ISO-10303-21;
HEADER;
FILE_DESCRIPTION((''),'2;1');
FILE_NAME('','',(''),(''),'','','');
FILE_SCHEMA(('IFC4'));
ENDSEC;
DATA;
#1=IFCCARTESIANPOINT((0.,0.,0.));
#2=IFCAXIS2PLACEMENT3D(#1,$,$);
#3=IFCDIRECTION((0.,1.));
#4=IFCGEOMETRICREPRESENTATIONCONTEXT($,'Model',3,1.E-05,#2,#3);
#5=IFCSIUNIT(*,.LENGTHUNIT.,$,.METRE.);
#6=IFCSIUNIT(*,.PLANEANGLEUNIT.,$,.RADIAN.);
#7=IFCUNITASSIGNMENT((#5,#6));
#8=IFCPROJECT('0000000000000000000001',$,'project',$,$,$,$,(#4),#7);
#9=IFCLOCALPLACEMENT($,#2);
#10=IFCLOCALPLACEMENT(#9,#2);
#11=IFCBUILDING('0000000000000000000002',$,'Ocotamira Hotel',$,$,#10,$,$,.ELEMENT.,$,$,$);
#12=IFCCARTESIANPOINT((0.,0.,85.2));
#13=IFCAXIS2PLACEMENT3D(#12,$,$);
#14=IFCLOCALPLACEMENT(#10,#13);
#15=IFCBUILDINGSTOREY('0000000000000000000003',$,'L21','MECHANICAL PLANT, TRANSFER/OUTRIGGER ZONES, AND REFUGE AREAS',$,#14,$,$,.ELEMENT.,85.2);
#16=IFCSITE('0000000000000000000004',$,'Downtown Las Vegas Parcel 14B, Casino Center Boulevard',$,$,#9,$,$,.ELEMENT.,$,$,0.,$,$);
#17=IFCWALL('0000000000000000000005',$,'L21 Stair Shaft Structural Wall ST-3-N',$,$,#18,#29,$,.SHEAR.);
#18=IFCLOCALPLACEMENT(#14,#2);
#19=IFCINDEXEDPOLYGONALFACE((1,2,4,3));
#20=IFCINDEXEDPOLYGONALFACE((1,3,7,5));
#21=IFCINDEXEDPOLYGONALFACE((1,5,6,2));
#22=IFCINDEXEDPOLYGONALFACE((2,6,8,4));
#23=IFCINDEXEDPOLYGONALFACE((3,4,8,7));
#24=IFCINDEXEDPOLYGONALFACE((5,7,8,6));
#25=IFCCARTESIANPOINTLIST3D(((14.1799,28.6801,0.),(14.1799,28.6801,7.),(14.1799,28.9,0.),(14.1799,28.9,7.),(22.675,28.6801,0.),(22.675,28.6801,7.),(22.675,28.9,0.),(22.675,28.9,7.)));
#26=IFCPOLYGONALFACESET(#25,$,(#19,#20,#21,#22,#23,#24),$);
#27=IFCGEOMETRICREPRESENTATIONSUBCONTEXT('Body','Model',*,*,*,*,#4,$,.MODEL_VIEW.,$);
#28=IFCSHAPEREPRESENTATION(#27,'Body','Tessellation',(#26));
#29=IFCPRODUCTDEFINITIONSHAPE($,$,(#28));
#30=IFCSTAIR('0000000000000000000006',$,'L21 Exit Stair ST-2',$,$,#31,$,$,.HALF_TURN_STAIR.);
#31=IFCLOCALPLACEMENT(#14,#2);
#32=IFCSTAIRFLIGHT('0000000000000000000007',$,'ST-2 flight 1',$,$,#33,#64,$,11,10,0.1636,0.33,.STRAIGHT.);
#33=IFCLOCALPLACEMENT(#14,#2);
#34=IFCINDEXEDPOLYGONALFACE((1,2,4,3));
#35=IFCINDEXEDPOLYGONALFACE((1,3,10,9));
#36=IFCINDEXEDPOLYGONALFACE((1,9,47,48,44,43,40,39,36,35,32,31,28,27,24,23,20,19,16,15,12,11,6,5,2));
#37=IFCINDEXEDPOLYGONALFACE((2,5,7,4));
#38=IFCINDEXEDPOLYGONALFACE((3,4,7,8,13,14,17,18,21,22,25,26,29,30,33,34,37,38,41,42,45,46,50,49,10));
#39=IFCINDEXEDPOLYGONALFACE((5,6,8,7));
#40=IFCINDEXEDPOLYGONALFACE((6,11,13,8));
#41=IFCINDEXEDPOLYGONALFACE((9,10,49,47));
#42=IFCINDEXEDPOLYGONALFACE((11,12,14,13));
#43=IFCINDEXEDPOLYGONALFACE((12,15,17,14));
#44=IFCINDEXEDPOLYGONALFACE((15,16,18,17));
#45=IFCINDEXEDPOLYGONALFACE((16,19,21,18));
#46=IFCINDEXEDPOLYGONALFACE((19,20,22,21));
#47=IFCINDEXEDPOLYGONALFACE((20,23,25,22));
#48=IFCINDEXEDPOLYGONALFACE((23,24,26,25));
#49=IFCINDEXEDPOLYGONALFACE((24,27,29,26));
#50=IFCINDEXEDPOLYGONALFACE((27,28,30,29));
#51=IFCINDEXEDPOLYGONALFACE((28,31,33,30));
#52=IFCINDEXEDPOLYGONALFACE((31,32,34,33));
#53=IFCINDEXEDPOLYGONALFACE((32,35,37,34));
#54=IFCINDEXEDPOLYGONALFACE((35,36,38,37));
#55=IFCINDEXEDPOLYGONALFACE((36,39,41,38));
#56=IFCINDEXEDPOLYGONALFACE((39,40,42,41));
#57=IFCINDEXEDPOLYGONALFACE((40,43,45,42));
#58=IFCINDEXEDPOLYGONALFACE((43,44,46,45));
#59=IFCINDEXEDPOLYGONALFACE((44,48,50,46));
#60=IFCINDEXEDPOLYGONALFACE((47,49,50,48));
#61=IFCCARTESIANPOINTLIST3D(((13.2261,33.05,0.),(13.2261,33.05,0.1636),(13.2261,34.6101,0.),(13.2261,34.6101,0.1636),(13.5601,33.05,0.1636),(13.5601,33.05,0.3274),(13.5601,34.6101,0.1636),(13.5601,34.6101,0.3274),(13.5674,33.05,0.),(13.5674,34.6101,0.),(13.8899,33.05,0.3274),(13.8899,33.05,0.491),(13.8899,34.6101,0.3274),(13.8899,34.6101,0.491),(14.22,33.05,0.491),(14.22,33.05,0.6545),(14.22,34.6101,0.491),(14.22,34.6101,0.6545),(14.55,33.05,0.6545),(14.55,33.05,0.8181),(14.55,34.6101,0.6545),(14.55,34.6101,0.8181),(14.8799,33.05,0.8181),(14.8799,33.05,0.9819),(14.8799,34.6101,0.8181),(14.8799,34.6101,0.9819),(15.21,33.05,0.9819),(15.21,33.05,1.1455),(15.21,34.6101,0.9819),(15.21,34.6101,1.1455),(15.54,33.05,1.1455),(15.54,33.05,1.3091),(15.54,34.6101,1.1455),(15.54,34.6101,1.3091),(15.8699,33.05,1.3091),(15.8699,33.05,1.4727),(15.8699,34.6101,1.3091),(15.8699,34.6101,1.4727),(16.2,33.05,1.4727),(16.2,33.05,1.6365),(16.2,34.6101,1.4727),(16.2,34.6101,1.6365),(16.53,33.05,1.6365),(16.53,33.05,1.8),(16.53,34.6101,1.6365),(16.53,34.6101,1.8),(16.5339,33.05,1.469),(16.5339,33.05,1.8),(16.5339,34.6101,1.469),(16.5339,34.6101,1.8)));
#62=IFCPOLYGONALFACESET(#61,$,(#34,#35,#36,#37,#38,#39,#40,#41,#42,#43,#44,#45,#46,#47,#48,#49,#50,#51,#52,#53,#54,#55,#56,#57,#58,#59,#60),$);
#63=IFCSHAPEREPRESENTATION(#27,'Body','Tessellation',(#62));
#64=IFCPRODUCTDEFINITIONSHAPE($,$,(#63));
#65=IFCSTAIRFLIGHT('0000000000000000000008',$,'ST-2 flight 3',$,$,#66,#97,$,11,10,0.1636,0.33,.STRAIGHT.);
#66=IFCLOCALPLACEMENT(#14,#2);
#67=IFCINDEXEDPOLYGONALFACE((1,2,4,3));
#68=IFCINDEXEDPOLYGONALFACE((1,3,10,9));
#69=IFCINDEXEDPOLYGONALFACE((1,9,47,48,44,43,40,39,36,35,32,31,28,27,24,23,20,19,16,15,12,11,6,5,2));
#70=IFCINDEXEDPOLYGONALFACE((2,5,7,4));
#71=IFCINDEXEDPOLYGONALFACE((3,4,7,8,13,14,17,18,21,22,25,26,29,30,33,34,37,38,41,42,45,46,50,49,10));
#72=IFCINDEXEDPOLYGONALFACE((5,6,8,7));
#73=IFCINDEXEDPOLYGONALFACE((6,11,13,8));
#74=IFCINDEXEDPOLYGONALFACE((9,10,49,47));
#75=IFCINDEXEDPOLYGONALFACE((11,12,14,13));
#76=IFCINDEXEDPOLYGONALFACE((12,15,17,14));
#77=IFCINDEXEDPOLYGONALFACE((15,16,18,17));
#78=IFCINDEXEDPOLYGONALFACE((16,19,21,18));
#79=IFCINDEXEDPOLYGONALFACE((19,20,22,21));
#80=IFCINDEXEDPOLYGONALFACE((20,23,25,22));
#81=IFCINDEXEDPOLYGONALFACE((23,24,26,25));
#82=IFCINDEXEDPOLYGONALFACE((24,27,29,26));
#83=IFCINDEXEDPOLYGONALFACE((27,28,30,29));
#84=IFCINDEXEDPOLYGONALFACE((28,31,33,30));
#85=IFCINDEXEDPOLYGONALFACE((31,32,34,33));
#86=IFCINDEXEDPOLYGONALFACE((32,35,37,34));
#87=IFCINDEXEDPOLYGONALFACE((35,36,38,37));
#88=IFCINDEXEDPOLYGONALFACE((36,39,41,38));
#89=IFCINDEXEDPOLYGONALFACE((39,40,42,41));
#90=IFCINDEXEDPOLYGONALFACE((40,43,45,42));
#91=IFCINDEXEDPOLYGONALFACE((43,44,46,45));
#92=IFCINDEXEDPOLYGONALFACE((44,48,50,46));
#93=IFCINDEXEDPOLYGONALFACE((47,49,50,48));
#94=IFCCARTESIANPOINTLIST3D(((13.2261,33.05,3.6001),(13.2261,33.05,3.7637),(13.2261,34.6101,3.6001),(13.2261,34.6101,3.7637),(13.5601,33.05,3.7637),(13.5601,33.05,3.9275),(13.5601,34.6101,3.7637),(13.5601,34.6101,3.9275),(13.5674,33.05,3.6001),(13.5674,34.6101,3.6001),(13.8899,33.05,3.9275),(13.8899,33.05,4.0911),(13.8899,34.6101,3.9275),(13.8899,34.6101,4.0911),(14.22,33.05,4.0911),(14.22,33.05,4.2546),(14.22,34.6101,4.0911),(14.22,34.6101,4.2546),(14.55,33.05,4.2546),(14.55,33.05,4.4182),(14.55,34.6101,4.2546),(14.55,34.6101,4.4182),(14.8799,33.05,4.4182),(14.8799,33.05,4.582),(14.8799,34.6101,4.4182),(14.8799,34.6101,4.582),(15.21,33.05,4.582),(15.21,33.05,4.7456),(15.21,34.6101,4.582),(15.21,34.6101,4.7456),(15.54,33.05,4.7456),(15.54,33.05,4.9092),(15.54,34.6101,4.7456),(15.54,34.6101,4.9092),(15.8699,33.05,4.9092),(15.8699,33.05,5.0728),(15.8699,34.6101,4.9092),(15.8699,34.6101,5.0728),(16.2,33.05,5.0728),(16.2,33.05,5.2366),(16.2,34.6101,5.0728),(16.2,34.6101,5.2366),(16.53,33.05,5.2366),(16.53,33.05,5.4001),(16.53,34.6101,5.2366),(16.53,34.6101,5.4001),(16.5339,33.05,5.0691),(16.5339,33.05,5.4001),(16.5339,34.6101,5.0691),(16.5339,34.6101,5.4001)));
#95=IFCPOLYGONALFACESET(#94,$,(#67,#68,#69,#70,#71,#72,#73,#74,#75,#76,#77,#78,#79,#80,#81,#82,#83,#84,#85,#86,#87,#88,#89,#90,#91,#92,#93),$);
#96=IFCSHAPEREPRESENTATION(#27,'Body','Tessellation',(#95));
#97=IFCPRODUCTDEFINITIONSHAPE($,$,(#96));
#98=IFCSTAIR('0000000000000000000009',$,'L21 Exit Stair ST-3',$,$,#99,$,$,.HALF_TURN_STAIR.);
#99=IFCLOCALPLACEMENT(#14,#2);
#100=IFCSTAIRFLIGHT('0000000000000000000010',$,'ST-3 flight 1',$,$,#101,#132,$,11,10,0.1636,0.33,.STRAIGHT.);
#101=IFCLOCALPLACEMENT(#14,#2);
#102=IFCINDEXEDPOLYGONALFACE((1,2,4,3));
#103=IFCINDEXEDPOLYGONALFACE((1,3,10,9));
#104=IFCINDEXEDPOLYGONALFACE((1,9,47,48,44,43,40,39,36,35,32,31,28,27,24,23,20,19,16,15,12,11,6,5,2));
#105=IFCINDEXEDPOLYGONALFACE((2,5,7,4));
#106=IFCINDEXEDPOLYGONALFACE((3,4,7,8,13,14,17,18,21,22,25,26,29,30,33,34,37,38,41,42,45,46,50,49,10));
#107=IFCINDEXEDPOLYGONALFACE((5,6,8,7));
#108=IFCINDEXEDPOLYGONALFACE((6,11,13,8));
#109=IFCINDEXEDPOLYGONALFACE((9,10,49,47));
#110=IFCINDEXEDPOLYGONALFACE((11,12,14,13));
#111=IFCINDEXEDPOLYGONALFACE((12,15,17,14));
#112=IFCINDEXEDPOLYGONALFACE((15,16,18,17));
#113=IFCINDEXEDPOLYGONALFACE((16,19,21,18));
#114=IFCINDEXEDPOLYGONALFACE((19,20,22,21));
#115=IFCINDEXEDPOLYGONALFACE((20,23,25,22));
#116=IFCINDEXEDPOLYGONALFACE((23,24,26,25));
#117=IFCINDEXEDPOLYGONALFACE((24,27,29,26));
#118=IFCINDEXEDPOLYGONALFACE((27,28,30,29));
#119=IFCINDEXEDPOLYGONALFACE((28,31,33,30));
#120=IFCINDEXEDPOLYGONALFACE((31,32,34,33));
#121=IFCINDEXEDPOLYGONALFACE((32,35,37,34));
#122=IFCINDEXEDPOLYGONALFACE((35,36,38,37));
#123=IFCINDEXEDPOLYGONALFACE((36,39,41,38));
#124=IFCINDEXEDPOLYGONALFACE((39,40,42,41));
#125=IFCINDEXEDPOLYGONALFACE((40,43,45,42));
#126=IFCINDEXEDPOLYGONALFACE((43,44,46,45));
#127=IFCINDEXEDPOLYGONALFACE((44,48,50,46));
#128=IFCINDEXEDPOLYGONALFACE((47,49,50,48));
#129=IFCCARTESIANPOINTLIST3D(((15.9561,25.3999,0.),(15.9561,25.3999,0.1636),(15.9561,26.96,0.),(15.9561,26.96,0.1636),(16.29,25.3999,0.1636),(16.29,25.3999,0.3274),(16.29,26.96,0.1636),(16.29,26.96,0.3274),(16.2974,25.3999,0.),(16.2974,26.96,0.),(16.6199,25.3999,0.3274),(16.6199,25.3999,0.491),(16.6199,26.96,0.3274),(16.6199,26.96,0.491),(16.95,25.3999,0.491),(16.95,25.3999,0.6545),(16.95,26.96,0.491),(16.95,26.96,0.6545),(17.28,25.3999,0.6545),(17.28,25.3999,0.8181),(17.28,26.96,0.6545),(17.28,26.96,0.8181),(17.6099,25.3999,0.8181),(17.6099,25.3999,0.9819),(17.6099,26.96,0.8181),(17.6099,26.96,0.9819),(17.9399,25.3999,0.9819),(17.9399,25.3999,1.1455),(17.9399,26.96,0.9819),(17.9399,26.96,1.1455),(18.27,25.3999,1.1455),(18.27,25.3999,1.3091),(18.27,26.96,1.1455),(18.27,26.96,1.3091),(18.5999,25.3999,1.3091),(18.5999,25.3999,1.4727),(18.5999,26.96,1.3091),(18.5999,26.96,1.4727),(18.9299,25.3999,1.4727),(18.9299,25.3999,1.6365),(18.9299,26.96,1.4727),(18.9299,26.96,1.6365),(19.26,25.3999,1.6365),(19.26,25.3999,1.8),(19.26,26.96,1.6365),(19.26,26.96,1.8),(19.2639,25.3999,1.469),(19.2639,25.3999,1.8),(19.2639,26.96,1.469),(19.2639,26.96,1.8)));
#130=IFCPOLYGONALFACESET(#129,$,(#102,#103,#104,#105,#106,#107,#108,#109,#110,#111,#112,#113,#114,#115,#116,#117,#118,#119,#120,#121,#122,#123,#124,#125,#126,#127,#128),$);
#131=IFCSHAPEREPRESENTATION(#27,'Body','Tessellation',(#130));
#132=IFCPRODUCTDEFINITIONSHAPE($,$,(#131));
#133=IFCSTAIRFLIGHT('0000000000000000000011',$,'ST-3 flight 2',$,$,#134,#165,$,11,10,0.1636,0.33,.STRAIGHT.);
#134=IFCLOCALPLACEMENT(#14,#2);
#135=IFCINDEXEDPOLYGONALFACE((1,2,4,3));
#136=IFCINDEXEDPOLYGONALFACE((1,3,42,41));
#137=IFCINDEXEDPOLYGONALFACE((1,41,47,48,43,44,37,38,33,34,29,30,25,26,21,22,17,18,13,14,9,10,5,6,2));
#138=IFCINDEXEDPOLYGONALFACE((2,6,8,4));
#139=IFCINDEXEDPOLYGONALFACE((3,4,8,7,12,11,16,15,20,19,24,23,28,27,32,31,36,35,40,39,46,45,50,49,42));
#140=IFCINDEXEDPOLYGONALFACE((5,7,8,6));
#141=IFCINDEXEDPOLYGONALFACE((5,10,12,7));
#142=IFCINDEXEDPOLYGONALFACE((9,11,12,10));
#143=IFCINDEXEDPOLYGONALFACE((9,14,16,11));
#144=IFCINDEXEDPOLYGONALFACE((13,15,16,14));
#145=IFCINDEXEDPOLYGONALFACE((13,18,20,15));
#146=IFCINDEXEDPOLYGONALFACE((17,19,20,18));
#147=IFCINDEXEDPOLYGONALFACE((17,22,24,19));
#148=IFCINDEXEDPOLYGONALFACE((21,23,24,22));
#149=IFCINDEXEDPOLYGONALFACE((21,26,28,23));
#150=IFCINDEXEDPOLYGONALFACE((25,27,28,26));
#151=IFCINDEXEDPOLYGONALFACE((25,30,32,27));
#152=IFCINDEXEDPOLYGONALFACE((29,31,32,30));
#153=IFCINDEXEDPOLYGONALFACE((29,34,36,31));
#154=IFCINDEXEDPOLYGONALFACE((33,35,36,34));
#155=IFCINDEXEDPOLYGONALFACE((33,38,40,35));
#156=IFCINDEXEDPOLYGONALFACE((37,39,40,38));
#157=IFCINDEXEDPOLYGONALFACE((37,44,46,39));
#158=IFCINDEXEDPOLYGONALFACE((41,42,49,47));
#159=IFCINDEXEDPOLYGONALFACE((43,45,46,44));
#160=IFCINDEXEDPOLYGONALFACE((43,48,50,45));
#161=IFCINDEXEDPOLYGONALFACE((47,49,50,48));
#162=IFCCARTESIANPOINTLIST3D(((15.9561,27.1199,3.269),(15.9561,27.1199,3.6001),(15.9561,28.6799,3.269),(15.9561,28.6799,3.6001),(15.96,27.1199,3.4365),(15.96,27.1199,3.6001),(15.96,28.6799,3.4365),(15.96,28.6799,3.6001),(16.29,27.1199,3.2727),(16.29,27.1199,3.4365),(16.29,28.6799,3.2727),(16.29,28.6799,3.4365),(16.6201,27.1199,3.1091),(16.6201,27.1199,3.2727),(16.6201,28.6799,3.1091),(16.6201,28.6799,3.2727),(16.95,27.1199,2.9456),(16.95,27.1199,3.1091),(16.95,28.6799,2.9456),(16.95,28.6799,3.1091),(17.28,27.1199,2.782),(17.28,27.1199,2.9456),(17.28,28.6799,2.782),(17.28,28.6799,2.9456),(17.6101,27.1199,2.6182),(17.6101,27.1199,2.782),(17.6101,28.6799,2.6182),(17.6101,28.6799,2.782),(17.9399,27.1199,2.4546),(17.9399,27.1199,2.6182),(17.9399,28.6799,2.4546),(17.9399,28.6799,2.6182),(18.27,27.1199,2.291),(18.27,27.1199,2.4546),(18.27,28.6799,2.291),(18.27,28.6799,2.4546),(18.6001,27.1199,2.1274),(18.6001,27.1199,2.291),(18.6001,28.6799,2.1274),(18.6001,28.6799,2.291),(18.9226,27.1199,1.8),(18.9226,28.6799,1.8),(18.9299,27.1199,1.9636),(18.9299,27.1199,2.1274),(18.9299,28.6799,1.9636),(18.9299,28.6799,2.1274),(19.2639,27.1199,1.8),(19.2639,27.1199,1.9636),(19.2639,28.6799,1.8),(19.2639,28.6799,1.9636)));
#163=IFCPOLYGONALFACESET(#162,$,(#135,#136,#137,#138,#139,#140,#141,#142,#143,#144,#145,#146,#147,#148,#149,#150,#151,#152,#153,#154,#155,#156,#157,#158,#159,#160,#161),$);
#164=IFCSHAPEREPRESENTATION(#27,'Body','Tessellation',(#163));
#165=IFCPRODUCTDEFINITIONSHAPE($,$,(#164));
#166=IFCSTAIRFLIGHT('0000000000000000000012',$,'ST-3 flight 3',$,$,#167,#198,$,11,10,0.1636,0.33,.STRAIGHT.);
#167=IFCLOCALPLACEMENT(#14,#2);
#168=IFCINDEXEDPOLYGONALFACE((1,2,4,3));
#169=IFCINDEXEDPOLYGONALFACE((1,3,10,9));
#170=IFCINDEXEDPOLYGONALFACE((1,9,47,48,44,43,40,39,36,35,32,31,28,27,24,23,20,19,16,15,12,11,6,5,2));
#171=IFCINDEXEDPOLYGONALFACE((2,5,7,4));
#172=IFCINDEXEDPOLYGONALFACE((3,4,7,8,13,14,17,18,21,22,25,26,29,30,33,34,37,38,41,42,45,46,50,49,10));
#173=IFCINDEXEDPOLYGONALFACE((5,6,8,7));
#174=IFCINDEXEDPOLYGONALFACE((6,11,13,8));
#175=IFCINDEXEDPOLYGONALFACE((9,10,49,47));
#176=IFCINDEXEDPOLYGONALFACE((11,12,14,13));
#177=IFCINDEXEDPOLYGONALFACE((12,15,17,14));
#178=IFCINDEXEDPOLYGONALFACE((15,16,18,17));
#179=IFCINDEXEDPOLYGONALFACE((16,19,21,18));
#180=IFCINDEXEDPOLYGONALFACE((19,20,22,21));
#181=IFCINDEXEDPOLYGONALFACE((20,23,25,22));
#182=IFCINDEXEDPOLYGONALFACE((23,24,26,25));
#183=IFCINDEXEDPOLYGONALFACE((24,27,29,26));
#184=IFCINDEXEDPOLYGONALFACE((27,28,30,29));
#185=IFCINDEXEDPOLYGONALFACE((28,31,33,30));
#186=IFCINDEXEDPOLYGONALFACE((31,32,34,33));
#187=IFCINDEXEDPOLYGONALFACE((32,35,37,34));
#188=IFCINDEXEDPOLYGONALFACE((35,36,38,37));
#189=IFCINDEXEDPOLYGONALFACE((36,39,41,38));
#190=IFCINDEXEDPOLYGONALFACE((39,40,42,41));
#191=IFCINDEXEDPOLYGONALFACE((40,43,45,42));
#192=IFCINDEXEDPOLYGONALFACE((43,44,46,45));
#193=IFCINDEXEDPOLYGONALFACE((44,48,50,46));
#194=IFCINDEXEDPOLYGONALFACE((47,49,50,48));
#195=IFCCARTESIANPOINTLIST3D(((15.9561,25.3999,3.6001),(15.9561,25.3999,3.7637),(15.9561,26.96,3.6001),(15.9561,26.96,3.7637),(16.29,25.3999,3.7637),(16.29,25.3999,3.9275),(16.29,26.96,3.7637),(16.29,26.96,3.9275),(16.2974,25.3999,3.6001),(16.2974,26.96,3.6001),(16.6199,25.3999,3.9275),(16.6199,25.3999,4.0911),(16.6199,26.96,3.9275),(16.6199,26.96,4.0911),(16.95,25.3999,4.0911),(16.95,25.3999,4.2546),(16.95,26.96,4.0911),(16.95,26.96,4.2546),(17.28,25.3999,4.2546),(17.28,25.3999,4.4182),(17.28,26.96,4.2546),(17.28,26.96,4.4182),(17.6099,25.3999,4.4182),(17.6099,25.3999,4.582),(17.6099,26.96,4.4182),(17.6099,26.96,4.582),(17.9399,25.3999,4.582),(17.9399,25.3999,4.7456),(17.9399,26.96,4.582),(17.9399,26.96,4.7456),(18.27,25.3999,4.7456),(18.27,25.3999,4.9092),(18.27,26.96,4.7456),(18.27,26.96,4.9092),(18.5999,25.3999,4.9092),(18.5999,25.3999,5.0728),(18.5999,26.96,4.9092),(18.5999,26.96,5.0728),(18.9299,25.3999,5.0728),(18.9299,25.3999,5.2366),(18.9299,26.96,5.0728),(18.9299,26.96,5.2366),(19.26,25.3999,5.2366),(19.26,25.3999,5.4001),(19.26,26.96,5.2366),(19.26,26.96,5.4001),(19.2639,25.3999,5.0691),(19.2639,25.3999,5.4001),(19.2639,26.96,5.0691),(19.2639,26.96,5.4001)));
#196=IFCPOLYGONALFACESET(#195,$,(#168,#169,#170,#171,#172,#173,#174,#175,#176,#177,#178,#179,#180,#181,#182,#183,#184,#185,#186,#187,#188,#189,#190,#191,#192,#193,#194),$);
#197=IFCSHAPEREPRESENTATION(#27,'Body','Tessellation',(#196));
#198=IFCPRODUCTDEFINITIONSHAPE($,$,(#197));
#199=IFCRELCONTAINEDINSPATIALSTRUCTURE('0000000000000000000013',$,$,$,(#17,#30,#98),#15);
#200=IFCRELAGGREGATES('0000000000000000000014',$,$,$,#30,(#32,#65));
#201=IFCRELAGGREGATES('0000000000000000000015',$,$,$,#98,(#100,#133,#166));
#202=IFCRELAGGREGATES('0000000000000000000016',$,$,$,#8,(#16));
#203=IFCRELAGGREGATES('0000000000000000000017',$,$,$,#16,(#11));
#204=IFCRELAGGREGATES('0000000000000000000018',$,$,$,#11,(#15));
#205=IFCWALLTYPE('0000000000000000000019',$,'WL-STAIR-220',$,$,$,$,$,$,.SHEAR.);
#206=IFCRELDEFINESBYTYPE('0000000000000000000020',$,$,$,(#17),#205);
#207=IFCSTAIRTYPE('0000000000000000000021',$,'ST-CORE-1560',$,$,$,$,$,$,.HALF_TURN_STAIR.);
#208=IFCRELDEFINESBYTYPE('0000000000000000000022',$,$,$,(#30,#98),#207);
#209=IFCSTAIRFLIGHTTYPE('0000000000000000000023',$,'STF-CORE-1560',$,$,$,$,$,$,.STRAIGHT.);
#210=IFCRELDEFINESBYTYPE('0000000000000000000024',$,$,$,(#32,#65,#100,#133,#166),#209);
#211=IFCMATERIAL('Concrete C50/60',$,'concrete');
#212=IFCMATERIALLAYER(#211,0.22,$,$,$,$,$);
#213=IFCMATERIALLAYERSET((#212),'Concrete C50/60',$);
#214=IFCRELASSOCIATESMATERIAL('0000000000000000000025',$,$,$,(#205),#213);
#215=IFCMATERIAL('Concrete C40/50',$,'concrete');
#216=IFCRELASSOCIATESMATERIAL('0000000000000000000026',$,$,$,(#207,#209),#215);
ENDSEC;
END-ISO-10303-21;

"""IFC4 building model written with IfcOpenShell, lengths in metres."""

from ifc_helpers import new_model, si_unit, direction, frame, frame_2d, origin, place, context, subcontext, project, spatial, polyline, rectangle, outline, extrude, source, transform, mapped, material, layer, layer_set, type_object, element, aggregate, save


model = new_model("IFC4")

# Units and contexts
model_context = context("Model", 3, precision=1e-05, world=origin(), true_north=direction((0.0, 1.0)))
body_context = subcontext(model_context, "Body", "Model", "MODEL_VIEW")
ifc_project = project(units=[si_unit("LENGTHUNIT", "METRE"), si_unit("PLANEANGLEUNIT", "RADIAN")], contexts=[model_context])

# Site, building, storey
site_placement = place(None, origin())
site = spatial("IfcSite", under=ifc_project, at=site_placement, Name="Downtown Las Vegas Parcel 14B, Casino Center Boulevard", CompositionType="ELEMENT", RefElevation=0.0)
building_placement = place(site_placement, origin())
building = spatial("IfcBuilding", under=site, at=building_placement, Name="Ocotamira Hotel", CompositionType="ELEMENT")
storey_placement = place(building_placement, frame((0.0, 0.0, 85.2)))
storey = spatial("IfcBuildingStorey", under=building, at=storey_placement, Name="L21", Description="MECHANICAL PLANT, TRANSFER/OUTRIGGER ZONES, AND REFUGE AREAS", CompositionType="ELEMENT", Elevation=85.2)

# Wall
ifc_material_1 = material(Name="Concrete C50/60", Category="concrete")
ifc_layer_1 = layer(ifc_material_1, 0.22)
ifc_layer_set_1 = layer_set([ifc_layer_1], Name="Concrete C50/60")
wall_type_1 = type_object("IfcWallType", Name="WL-STAIR-220", PredefinedType="SHEAR", material=ifc_layer_set_1)
wall_1_placement = place(storey_placement, frame((14.1799, 28.79, 0.0), z_axis=(0.0, 0.0, 1.0), x_axis=(1.0, 0.0, 0.0)))
element("IfcWall", 1, at=wall_1_placement, inside=storey, type_object=wall_type_1, Name="L21 Stair Shaft Structural Wall ST-3-N", PredefinedType="SHEAR", context=body_context, shape_type="SweptSolid", body=[
    extrude(rectangle(XDim=8.4951, YDim=0.22, at=frame_2d((4.2476, 0.0))), origin(), (0.0, 0.0, 1.0), 7.0),
])

# Stairs, stair flights
ifc_material_2 = material(Name="Concrete C40/50", Category="concrete")
stair_type = type_object("IfcStairType", Name="ST-CORE-1560", PredefinedType="HALF_TURN_STAIR", material=ifc_material_2)
stair_1_placement = place(storey_placement, origin())
stair_1 = element("IfcStair", 2, at=stair_1_placement, inside=storey, type_object=stair_type, Name="L21 Exit Stair ST-2", PredefinedType="HALF_TURN_STAIR")
stair_flight_type = type_object("IfcStairFlightType", Name="STF-CORE-1560", PredefinedType="STRAIGHT", material=ifc_material_2)
shared_shape_1 = source(origin(), body_context, "Body", "SweptSolid", [
    extrude(outline(polyline([(-0.0039, 0.0), (-0.0039, 0.1636), (0.3301, 0.1636), (0.3301, 0.3274), (0.6599, 0.3274), (0.6599, 0.491), (0.99, 0.491), (0.99, 0.6545), (1.3201, 0.6545), (1.3201, 0.8181), (1.6499, 0.8181), (1.6499, 0.9819), (1.98, 0.9819), (1.98, 1.1455), (2.3101, 1.1455), (2.3101, 1.3091), (2.6399, 1.3091), (2.6399, 1.4727), (2.97, 1.4727), (2.97, 1.6365), (3.3, 1.6365), (3.3, 1.8), (3.304, 1.8), (3.304, 1.469), (0.3374, 0.0), (-0.0039, 0.0)])), frame((0.0, 0.78, 0.0), z_axis=(0.0, -1.0, 0.0), x_axis=(1.0, 0.0, 0.0)), (0.0, 0.0, 1.0), 1.5601),
])
stair_flight_1_placement = place(storey_placement, frame((13.23, 33.8301, 0.0), z_axis=(0.0, 0.0, 1.0), x_axis=(1.0, 0.0, 0.0)))
stair_flight_1 = element("IfcStairFlight", 3, at=stair_flight_1_placement, type_object=stair_flight_type, Name="ST-2 flight 1", NumberOfRisers=11, NumberOfTreads=10, PredefinedType="STRAIGHT", RiserHeight=0.1636, TreadLength=0.33, context=body_context, shape_type="MappedRepresentation", body=[
    mapped(shared_shape_1, transform((0.0, 0.0, 0.0), scale=1.0)),
])
stair_flight_2_placement = place(storey_placement, frame((13.23, 33.8301, 3.6001), z_axis=(0.0, 0.0, 1.0), x_axis=(1.0, 0.0, 0.0)))
stair_flight_2 = element("IfcStairFlight", 4, at=stair_flight_2_placement, type_object=stair_flight_type, Name="ST-2 flight 3", NumberOfRisers=11, NumberOfTreads=10, PredefinedType="STRAIGHT", RiserHeight=0.1636, TreadLength=0.33, context=body_context, shape_type="MappedRepresentation", body=[
    mapped(shared_shape_1, transform((0.0, 0.0, 0.0), scale=1.0)),
])
aggregate(stair_1, [stair_flight_1, stair_flight_2])
stair_2_placement = place(storey_placement, origin())
stair_2 = element("IfcStair", 5, at=stair_2_placement, inside=storey, type_object=stair_type, Name="L21 Exit Stair ST-3", PredefinedType="HALF_TURN_STAIR")
stair_flight_3_placement = place(storey_placement, frame((15.96, 26.1799, 0.0), z_axis=(0.0, 0.0, 1.0), x_axis=(1.0, 0.0, 0.0)))
stair_flight_3 = element("IfcStairFlight", 6, at=stair_flight_3_placement, type_object=stair_flight_type, Name="ST-3 flight 1", NumberOfRisers=11, NumberOfTreads=10, PredefinedType="STRAIGHT", RiserHeight=0.1636, TreadLength=0.33, context=body_context, shape_type="MappedRepresentation", body=[
    mapped(shared_shape_1, transform((0.0, 0.0, 0.0), scale=1.0)),
])
stair_flight_4_placement = place(storey_placement, frame((19.26, 27.8999, 1.8), z_axis=(0.0, 0.0, 1.0), x_axis=(-1.0, 0.0, 0.0)))
stair_flight_4 = element("IfcStairFlight", 7, at=stair_flight_4_placement, type_object=stair_flight_type, Name="ST-3 flight 2", NumberOfRisers=11, NumberOfTreads=10, PredefinedType="STRAIGHT", RiserHeight=0.1636, TreadLength=0.33, context=body_context, shape_type="MappedRepresentation", body=[
    mapped(shared_shape_1, transform((0.0, 0.0, 0.0), scale=1.0)),
])
stair_flight_5_placement = place(storey_placement, frame((15.96, 26.1799, 3.6001), z_axis=(0.0, 0.0, 1.0), x_axis=(1.0, 0.0, 0.0)))
stair_flight_5 = element("IfcStairFlight", 8, at=stair_flight_5_placement, type_object=stair_flight_type, Name="ST-3 flight 3", NumberOfRisers=11, NumberOfTreads=10, PredefinedType="STRAIGHT", RiserHeight=0.1636, TreadLength=0.33, context=body_context, shape_type="MappedRepresentation", body=[
    mapped(shared_shape_1, transform((0.0, 0.0, 0.0), scale=1.0)),
])
aggregate(stair_2, [stair_flight_3, stair_flight_4, stair_flight_5])

save(model, "model.ifc")
